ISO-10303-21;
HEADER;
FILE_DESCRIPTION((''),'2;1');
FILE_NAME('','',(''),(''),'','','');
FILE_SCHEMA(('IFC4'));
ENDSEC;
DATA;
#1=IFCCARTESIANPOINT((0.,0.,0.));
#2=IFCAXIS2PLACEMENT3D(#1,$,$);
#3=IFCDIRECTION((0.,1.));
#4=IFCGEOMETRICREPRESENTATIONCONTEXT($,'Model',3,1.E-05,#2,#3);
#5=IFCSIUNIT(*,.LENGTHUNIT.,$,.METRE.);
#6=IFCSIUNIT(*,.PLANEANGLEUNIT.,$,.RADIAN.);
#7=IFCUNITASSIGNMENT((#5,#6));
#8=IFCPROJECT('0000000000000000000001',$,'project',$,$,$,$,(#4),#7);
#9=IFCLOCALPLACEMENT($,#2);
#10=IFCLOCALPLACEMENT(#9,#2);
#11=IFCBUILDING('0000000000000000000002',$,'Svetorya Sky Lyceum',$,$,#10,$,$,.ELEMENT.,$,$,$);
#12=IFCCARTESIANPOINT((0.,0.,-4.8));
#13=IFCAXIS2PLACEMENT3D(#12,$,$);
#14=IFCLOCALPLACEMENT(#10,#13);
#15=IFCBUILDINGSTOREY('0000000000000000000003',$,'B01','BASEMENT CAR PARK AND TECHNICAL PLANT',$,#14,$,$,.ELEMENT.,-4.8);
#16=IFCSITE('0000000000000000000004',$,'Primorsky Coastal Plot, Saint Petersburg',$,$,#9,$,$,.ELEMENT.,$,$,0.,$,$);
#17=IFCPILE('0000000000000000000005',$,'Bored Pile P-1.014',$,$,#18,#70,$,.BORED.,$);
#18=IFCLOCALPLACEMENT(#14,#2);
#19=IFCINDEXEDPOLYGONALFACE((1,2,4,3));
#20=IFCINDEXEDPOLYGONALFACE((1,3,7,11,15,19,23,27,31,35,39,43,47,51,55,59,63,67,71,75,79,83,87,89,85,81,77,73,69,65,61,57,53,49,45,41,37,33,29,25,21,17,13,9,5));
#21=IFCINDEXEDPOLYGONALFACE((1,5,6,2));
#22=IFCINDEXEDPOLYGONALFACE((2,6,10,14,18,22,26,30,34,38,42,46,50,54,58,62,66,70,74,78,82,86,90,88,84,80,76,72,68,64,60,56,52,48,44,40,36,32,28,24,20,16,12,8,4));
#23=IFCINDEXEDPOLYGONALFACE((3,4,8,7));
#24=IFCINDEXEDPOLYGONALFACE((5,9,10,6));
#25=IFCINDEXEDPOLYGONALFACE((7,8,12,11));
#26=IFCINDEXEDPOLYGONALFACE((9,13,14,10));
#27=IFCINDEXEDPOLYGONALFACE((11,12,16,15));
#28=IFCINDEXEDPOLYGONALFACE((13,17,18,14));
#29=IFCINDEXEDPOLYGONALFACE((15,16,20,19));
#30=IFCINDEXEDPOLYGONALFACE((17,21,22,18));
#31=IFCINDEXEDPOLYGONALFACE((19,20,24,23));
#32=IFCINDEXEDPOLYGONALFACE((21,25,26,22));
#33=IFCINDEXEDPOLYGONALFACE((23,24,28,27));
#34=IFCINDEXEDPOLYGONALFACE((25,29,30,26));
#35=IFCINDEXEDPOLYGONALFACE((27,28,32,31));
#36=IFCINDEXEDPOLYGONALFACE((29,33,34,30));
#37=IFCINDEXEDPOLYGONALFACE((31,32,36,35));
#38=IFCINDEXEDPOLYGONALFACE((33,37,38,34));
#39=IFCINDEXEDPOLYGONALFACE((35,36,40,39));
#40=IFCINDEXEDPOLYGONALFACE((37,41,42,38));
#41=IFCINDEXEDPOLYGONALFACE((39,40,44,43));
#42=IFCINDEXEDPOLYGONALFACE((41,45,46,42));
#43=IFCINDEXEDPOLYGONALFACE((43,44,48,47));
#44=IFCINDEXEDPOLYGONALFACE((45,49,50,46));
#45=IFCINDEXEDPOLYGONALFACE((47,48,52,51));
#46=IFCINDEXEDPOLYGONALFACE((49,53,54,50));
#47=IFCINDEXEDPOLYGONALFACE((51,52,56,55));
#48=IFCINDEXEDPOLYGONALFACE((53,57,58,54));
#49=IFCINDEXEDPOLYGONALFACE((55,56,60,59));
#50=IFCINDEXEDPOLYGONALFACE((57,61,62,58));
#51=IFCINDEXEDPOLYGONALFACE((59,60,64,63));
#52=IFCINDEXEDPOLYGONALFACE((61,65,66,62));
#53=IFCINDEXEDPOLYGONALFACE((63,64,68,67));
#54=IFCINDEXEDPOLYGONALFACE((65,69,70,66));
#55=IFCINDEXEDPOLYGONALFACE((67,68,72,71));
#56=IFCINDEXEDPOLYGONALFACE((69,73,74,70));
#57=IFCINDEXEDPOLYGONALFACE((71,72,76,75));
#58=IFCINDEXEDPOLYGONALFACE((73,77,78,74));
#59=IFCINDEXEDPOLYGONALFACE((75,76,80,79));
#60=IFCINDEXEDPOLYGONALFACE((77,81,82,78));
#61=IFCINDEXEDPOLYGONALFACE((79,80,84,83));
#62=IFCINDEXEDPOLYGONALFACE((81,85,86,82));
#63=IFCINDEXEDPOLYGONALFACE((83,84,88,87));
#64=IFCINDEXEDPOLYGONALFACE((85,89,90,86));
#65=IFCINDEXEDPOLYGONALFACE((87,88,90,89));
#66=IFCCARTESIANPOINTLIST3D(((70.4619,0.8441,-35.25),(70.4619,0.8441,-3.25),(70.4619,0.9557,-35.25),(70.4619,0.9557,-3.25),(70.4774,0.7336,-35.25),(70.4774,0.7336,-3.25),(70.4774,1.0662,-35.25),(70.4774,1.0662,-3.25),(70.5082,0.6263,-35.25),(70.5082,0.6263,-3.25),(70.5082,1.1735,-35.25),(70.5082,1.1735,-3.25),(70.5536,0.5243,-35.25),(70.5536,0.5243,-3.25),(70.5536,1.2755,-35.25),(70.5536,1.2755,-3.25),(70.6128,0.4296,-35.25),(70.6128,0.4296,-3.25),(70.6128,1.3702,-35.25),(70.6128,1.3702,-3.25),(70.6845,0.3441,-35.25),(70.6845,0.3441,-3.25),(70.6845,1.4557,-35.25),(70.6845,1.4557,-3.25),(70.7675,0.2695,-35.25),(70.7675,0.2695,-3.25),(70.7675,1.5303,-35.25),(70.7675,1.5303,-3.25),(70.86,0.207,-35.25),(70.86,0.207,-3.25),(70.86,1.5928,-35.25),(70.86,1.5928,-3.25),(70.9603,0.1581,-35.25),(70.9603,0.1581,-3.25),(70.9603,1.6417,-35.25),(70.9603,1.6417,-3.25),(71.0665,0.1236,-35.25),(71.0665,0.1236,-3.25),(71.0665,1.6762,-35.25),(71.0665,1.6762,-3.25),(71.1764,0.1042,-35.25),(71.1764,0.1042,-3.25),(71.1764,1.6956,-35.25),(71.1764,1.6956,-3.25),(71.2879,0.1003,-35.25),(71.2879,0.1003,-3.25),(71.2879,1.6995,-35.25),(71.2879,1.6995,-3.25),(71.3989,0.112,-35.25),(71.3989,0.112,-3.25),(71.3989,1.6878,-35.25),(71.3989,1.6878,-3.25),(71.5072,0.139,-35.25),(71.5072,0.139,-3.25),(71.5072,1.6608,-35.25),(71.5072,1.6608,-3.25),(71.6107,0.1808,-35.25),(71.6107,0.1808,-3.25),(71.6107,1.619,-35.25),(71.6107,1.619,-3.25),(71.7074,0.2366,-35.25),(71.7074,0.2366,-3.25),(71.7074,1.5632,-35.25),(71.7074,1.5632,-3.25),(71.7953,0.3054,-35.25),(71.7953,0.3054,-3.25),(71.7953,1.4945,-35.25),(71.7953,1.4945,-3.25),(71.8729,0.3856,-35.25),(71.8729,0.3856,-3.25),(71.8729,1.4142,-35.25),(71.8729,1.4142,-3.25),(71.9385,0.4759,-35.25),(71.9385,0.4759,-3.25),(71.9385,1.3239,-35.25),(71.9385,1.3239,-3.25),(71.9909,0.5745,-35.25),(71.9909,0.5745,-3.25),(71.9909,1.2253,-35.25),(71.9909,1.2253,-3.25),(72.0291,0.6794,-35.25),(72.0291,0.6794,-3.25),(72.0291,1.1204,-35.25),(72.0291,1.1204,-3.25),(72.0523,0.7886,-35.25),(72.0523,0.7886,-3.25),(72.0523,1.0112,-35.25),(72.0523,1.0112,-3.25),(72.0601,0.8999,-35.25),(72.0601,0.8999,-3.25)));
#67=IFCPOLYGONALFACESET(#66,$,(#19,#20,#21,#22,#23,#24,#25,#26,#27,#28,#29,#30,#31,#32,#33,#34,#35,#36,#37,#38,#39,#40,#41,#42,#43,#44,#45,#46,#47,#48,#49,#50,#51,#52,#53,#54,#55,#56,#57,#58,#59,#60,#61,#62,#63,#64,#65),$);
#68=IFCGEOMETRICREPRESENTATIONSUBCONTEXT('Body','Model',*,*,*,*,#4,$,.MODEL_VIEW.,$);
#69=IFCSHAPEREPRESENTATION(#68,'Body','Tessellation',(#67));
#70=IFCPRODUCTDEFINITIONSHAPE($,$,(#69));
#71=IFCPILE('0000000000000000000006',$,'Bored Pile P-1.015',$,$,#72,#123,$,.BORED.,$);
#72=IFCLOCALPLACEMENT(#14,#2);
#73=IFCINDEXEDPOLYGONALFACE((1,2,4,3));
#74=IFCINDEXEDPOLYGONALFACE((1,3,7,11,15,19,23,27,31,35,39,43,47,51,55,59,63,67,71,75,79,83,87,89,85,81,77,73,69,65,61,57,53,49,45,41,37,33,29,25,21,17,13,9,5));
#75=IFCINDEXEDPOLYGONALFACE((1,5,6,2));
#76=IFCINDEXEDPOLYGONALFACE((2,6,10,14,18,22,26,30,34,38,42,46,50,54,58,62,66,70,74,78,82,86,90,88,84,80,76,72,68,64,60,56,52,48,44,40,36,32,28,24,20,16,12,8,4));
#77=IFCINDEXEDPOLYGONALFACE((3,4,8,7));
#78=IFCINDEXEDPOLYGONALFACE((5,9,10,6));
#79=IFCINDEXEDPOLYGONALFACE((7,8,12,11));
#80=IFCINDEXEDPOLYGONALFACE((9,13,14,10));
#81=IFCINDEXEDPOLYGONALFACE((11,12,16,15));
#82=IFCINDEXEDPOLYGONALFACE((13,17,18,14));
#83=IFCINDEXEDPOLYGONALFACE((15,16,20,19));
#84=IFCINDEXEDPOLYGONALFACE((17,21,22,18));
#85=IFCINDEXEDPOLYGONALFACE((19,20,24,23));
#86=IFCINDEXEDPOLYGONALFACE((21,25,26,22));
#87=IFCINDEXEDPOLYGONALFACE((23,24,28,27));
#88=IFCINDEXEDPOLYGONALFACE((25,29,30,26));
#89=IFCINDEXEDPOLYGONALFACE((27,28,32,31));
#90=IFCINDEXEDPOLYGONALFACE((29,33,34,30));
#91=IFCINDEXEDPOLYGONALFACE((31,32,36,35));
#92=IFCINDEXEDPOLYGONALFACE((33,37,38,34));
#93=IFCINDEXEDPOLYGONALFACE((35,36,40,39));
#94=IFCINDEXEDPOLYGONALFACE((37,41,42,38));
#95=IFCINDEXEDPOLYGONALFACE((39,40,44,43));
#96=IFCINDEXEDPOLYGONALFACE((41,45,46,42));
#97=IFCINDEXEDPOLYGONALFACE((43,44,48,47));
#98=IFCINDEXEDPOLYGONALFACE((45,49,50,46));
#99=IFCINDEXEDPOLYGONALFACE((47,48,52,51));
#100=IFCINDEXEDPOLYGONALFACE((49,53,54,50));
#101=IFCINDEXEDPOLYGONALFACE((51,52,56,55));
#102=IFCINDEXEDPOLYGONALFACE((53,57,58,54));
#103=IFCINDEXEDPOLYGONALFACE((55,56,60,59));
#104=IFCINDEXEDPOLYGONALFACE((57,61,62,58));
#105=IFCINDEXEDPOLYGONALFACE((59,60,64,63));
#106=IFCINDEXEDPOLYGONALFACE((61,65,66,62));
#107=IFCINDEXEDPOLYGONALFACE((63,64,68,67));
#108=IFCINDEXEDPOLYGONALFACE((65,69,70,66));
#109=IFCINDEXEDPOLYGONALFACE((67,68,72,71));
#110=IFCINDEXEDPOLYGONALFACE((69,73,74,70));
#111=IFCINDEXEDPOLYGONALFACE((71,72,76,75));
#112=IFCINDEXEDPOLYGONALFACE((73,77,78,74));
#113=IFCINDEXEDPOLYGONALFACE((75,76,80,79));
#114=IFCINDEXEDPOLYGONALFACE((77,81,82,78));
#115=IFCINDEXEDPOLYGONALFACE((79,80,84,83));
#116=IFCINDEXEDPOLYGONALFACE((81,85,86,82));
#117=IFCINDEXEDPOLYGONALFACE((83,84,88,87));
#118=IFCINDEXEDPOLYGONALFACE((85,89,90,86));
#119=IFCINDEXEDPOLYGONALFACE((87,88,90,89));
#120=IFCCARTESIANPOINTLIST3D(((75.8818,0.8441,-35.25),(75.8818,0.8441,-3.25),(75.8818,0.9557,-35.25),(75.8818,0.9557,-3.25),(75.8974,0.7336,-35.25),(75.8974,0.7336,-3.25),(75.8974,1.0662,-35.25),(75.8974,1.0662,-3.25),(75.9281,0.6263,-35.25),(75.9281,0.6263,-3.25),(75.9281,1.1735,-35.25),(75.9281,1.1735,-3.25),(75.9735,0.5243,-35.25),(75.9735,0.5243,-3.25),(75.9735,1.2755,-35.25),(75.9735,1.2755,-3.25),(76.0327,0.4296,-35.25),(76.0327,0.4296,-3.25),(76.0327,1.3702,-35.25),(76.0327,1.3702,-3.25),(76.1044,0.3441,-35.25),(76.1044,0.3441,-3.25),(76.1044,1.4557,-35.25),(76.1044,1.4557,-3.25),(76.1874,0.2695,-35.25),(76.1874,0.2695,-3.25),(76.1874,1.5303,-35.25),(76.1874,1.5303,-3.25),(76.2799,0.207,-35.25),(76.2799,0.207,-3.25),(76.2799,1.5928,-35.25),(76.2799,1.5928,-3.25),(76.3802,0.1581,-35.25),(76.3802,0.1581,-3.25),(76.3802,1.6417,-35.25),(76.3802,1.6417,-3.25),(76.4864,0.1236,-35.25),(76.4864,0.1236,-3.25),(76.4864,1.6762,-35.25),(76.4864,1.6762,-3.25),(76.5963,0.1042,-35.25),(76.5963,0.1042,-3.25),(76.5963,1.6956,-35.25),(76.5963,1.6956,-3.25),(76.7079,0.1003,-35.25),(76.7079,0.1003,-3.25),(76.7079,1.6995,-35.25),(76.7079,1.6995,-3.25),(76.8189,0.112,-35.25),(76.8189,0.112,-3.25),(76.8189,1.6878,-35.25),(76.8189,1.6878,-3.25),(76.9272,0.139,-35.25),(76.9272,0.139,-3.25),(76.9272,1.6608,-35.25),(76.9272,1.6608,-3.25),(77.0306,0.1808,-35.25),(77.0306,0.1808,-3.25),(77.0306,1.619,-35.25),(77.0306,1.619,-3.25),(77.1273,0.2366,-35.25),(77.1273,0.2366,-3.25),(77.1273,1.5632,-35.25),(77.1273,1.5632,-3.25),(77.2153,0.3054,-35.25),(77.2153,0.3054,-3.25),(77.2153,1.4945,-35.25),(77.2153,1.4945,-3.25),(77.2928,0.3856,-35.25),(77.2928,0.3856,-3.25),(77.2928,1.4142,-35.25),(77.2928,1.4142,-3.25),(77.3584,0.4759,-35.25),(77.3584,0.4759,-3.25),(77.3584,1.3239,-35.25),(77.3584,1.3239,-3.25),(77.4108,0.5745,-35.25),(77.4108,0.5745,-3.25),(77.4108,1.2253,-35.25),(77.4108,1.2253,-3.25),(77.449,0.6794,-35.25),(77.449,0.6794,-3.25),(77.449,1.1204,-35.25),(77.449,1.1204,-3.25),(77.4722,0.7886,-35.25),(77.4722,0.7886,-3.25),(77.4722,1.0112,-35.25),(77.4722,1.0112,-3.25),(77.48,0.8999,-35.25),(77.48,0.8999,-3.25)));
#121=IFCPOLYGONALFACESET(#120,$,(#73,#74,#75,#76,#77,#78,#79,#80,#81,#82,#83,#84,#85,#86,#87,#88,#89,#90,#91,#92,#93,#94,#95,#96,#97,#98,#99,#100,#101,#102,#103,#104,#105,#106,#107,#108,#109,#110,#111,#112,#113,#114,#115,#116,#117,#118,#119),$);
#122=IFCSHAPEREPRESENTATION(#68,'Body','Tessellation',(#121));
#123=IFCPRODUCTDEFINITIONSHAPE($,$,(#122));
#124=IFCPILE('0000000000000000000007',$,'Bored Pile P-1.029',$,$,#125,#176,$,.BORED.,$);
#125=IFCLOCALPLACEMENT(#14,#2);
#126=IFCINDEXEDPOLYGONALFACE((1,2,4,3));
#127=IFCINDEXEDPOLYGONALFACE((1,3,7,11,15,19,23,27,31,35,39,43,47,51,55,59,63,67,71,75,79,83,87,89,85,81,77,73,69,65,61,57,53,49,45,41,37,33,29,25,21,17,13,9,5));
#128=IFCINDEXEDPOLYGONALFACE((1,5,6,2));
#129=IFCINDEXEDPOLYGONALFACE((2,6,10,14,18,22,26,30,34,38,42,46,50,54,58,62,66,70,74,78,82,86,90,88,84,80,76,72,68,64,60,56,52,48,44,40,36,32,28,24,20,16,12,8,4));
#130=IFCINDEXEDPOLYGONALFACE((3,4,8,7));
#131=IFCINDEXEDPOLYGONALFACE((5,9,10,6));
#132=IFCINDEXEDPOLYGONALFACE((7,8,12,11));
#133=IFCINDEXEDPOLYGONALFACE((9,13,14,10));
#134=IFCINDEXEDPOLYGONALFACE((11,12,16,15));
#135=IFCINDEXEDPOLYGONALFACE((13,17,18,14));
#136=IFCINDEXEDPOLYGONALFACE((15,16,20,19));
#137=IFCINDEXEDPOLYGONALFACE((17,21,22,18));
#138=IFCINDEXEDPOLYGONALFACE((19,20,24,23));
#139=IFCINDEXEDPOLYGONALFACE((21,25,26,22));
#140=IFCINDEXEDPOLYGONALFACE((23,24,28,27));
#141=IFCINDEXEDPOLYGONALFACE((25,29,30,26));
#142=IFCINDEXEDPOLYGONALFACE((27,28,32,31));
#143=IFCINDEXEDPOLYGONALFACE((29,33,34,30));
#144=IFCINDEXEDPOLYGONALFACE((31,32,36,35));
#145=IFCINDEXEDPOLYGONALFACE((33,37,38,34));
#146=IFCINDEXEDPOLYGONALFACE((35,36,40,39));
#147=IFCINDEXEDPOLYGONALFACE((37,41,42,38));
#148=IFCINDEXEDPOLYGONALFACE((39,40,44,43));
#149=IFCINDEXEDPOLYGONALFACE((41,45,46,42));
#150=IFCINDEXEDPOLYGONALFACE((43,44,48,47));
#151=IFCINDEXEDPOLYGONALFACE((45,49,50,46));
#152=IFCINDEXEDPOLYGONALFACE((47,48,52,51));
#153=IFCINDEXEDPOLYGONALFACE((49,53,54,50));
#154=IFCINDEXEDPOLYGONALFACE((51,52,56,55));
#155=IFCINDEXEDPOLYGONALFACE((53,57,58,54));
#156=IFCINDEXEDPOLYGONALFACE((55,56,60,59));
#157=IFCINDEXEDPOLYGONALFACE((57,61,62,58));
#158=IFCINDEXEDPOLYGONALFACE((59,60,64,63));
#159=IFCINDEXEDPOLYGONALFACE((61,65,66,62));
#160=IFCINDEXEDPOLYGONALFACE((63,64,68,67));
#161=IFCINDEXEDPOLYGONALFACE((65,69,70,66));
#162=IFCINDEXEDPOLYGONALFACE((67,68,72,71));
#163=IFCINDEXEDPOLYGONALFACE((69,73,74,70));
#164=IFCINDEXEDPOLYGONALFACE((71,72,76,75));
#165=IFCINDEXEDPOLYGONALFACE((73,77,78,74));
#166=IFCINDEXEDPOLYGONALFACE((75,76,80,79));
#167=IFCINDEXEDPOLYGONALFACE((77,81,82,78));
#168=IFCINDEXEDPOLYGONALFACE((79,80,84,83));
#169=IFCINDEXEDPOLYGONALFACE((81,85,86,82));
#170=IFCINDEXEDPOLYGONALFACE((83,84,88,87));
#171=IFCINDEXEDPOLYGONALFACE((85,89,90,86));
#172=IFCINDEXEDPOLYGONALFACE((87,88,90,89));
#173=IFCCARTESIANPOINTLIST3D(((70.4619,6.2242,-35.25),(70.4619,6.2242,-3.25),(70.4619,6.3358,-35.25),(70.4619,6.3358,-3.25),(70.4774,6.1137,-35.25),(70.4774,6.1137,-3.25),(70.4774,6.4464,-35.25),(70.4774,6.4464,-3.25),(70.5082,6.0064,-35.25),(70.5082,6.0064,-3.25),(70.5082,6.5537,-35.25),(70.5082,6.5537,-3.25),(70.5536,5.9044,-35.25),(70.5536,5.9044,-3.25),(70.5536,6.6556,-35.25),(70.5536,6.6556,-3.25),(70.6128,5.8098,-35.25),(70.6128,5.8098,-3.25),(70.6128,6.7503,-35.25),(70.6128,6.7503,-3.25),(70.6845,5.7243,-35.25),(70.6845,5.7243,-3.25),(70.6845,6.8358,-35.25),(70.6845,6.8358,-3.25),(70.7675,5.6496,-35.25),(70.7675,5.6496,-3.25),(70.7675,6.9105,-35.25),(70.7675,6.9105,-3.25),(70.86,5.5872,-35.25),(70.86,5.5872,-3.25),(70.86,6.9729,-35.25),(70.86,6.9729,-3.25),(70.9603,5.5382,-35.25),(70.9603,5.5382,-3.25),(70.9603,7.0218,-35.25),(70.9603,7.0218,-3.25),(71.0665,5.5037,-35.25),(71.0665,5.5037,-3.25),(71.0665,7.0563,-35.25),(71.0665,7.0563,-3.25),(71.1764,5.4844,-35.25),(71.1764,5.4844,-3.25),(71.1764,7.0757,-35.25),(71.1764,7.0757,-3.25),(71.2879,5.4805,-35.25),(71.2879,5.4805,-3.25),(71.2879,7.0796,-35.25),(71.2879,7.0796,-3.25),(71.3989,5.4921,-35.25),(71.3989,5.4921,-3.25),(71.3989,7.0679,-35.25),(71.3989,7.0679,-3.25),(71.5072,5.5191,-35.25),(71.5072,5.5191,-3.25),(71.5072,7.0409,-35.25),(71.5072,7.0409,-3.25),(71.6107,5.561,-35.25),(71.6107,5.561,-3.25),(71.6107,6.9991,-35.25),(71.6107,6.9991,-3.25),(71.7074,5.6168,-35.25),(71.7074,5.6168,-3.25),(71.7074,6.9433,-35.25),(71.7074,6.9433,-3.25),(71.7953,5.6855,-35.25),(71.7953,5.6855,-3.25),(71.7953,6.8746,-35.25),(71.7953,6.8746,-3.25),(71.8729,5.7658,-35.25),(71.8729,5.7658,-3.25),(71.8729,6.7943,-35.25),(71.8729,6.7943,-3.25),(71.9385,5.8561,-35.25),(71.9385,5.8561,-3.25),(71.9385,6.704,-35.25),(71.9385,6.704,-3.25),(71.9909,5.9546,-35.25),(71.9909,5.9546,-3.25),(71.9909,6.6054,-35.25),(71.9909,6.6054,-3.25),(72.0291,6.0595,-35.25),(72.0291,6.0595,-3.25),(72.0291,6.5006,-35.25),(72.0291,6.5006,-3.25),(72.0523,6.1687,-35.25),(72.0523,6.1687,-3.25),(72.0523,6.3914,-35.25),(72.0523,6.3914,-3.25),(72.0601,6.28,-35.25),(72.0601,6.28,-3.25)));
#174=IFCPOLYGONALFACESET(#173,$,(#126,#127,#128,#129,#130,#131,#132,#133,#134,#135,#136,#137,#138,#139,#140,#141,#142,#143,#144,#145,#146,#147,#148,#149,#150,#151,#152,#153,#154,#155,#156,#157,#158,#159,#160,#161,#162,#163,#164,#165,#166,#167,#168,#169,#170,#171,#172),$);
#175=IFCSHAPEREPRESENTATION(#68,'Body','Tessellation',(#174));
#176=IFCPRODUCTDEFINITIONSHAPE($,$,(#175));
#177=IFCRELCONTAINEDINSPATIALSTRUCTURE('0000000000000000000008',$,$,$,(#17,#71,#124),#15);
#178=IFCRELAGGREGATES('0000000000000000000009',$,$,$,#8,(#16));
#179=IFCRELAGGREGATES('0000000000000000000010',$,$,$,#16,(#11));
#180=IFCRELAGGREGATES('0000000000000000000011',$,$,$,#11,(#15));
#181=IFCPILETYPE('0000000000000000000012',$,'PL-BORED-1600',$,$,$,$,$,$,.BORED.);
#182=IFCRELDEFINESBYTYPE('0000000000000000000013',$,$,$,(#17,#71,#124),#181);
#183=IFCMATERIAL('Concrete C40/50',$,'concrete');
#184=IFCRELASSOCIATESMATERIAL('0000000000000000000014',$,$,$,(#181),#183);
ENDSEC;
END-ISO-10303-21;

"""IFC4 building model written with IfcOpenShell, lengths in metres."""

from ifc_helpers import new_model, si_unit, direction, frame, origin, origin_2d, place, context, subcontext, project, spatial, circle, extrude, material, material_profile, profile_set, type_object, element, save


model = new_model("IFC4")

# Units and contexts
model_context = context("Model", 3, precision=1e-05, world=origin(), true_north=direction((0.0, 1.0)))
body_context = subcontext(model_context, "Body", "Model", "MODEL_VIEW")
ifc_project = project(units=[si_unit("LENGTHUNIT", "METRE"), si_unit("PLANEANGLEUNIT", "RADIAN")], contexts=[model_context])

# Site, building, storey
site_placement = place(None, origin())
site = spatial("IfcSite", under=ifc_project, at=site_placement, Name="Primorsky Coastal Plot, Saint Petersburg", CompositionType="ELEMENT", RefElevation=0.0)
building_placement = place(site_placement, origin())
building = spatial("IfcBuilding", under=site, at=building_placement, Name="Svetorya Sky Lyceum", CompositionType="ELEMENT")
storey_placement = place(building_placement, frame((0.0, 0.0, -4.8)))
storey = spatial("IfcBuildingStorey", under=building, at=storey_placement, Name="B01", Description="BASEMENT CAR PARK AND TECHNICAL PLANT", CompositionType="ELEMENT", Elevation=-4.8)

# Piles
ifc_material_1 = material(Name="Concrete C40/50", Category="concrete")
ifc_material_profile_1 = material_profile(ifc_material_1, circle(Radius=0.8, at=origin_2d()), Name="RC PILE D1600")
ifc_profile_set_1 = profile_set([ifc_material_profile_1], Name="Concrete C40/50")
pile_type = type_object("IfcPileType", Name="PL-BORED-1600", PredefinedType="BORED", material=ifc_profile_set_1)
for number, where, z_axis, x_axis, name in (
    (1, (71.26, 0.8999, -3.25), (0.0, 0.0, -1.0), (1.0, 0.0, 0.0), "Bored Pile P-1.014"),
    (2, (76.6799, 0.8999, -3.25), (0.0, 0.0, -1.0), (1.0, 0.0, 0.0), "Bored Pile P-1.015"),
    (3, (71.26, 6.28, -3.25), (0.0, 0.0, -1.0), (1.0, 0.0, 0.0), "Bored Pile P-1.029"),
):
    element("IfcPile", number, at=place(storey_placement, frame(where, z_axis=z_axis, x_axis=x_axis)), inside=storey, type_object=pile_type, Name=name, PredefinedType="BORED", context=body_context, shape_type="SweptSolid", body=[
        extrude(circle(Radius=0.8, at=origin_2d()), origin(), (0.0, 0.0, 1.0), 32.0),
    ])

save(model, "model.ifc")
